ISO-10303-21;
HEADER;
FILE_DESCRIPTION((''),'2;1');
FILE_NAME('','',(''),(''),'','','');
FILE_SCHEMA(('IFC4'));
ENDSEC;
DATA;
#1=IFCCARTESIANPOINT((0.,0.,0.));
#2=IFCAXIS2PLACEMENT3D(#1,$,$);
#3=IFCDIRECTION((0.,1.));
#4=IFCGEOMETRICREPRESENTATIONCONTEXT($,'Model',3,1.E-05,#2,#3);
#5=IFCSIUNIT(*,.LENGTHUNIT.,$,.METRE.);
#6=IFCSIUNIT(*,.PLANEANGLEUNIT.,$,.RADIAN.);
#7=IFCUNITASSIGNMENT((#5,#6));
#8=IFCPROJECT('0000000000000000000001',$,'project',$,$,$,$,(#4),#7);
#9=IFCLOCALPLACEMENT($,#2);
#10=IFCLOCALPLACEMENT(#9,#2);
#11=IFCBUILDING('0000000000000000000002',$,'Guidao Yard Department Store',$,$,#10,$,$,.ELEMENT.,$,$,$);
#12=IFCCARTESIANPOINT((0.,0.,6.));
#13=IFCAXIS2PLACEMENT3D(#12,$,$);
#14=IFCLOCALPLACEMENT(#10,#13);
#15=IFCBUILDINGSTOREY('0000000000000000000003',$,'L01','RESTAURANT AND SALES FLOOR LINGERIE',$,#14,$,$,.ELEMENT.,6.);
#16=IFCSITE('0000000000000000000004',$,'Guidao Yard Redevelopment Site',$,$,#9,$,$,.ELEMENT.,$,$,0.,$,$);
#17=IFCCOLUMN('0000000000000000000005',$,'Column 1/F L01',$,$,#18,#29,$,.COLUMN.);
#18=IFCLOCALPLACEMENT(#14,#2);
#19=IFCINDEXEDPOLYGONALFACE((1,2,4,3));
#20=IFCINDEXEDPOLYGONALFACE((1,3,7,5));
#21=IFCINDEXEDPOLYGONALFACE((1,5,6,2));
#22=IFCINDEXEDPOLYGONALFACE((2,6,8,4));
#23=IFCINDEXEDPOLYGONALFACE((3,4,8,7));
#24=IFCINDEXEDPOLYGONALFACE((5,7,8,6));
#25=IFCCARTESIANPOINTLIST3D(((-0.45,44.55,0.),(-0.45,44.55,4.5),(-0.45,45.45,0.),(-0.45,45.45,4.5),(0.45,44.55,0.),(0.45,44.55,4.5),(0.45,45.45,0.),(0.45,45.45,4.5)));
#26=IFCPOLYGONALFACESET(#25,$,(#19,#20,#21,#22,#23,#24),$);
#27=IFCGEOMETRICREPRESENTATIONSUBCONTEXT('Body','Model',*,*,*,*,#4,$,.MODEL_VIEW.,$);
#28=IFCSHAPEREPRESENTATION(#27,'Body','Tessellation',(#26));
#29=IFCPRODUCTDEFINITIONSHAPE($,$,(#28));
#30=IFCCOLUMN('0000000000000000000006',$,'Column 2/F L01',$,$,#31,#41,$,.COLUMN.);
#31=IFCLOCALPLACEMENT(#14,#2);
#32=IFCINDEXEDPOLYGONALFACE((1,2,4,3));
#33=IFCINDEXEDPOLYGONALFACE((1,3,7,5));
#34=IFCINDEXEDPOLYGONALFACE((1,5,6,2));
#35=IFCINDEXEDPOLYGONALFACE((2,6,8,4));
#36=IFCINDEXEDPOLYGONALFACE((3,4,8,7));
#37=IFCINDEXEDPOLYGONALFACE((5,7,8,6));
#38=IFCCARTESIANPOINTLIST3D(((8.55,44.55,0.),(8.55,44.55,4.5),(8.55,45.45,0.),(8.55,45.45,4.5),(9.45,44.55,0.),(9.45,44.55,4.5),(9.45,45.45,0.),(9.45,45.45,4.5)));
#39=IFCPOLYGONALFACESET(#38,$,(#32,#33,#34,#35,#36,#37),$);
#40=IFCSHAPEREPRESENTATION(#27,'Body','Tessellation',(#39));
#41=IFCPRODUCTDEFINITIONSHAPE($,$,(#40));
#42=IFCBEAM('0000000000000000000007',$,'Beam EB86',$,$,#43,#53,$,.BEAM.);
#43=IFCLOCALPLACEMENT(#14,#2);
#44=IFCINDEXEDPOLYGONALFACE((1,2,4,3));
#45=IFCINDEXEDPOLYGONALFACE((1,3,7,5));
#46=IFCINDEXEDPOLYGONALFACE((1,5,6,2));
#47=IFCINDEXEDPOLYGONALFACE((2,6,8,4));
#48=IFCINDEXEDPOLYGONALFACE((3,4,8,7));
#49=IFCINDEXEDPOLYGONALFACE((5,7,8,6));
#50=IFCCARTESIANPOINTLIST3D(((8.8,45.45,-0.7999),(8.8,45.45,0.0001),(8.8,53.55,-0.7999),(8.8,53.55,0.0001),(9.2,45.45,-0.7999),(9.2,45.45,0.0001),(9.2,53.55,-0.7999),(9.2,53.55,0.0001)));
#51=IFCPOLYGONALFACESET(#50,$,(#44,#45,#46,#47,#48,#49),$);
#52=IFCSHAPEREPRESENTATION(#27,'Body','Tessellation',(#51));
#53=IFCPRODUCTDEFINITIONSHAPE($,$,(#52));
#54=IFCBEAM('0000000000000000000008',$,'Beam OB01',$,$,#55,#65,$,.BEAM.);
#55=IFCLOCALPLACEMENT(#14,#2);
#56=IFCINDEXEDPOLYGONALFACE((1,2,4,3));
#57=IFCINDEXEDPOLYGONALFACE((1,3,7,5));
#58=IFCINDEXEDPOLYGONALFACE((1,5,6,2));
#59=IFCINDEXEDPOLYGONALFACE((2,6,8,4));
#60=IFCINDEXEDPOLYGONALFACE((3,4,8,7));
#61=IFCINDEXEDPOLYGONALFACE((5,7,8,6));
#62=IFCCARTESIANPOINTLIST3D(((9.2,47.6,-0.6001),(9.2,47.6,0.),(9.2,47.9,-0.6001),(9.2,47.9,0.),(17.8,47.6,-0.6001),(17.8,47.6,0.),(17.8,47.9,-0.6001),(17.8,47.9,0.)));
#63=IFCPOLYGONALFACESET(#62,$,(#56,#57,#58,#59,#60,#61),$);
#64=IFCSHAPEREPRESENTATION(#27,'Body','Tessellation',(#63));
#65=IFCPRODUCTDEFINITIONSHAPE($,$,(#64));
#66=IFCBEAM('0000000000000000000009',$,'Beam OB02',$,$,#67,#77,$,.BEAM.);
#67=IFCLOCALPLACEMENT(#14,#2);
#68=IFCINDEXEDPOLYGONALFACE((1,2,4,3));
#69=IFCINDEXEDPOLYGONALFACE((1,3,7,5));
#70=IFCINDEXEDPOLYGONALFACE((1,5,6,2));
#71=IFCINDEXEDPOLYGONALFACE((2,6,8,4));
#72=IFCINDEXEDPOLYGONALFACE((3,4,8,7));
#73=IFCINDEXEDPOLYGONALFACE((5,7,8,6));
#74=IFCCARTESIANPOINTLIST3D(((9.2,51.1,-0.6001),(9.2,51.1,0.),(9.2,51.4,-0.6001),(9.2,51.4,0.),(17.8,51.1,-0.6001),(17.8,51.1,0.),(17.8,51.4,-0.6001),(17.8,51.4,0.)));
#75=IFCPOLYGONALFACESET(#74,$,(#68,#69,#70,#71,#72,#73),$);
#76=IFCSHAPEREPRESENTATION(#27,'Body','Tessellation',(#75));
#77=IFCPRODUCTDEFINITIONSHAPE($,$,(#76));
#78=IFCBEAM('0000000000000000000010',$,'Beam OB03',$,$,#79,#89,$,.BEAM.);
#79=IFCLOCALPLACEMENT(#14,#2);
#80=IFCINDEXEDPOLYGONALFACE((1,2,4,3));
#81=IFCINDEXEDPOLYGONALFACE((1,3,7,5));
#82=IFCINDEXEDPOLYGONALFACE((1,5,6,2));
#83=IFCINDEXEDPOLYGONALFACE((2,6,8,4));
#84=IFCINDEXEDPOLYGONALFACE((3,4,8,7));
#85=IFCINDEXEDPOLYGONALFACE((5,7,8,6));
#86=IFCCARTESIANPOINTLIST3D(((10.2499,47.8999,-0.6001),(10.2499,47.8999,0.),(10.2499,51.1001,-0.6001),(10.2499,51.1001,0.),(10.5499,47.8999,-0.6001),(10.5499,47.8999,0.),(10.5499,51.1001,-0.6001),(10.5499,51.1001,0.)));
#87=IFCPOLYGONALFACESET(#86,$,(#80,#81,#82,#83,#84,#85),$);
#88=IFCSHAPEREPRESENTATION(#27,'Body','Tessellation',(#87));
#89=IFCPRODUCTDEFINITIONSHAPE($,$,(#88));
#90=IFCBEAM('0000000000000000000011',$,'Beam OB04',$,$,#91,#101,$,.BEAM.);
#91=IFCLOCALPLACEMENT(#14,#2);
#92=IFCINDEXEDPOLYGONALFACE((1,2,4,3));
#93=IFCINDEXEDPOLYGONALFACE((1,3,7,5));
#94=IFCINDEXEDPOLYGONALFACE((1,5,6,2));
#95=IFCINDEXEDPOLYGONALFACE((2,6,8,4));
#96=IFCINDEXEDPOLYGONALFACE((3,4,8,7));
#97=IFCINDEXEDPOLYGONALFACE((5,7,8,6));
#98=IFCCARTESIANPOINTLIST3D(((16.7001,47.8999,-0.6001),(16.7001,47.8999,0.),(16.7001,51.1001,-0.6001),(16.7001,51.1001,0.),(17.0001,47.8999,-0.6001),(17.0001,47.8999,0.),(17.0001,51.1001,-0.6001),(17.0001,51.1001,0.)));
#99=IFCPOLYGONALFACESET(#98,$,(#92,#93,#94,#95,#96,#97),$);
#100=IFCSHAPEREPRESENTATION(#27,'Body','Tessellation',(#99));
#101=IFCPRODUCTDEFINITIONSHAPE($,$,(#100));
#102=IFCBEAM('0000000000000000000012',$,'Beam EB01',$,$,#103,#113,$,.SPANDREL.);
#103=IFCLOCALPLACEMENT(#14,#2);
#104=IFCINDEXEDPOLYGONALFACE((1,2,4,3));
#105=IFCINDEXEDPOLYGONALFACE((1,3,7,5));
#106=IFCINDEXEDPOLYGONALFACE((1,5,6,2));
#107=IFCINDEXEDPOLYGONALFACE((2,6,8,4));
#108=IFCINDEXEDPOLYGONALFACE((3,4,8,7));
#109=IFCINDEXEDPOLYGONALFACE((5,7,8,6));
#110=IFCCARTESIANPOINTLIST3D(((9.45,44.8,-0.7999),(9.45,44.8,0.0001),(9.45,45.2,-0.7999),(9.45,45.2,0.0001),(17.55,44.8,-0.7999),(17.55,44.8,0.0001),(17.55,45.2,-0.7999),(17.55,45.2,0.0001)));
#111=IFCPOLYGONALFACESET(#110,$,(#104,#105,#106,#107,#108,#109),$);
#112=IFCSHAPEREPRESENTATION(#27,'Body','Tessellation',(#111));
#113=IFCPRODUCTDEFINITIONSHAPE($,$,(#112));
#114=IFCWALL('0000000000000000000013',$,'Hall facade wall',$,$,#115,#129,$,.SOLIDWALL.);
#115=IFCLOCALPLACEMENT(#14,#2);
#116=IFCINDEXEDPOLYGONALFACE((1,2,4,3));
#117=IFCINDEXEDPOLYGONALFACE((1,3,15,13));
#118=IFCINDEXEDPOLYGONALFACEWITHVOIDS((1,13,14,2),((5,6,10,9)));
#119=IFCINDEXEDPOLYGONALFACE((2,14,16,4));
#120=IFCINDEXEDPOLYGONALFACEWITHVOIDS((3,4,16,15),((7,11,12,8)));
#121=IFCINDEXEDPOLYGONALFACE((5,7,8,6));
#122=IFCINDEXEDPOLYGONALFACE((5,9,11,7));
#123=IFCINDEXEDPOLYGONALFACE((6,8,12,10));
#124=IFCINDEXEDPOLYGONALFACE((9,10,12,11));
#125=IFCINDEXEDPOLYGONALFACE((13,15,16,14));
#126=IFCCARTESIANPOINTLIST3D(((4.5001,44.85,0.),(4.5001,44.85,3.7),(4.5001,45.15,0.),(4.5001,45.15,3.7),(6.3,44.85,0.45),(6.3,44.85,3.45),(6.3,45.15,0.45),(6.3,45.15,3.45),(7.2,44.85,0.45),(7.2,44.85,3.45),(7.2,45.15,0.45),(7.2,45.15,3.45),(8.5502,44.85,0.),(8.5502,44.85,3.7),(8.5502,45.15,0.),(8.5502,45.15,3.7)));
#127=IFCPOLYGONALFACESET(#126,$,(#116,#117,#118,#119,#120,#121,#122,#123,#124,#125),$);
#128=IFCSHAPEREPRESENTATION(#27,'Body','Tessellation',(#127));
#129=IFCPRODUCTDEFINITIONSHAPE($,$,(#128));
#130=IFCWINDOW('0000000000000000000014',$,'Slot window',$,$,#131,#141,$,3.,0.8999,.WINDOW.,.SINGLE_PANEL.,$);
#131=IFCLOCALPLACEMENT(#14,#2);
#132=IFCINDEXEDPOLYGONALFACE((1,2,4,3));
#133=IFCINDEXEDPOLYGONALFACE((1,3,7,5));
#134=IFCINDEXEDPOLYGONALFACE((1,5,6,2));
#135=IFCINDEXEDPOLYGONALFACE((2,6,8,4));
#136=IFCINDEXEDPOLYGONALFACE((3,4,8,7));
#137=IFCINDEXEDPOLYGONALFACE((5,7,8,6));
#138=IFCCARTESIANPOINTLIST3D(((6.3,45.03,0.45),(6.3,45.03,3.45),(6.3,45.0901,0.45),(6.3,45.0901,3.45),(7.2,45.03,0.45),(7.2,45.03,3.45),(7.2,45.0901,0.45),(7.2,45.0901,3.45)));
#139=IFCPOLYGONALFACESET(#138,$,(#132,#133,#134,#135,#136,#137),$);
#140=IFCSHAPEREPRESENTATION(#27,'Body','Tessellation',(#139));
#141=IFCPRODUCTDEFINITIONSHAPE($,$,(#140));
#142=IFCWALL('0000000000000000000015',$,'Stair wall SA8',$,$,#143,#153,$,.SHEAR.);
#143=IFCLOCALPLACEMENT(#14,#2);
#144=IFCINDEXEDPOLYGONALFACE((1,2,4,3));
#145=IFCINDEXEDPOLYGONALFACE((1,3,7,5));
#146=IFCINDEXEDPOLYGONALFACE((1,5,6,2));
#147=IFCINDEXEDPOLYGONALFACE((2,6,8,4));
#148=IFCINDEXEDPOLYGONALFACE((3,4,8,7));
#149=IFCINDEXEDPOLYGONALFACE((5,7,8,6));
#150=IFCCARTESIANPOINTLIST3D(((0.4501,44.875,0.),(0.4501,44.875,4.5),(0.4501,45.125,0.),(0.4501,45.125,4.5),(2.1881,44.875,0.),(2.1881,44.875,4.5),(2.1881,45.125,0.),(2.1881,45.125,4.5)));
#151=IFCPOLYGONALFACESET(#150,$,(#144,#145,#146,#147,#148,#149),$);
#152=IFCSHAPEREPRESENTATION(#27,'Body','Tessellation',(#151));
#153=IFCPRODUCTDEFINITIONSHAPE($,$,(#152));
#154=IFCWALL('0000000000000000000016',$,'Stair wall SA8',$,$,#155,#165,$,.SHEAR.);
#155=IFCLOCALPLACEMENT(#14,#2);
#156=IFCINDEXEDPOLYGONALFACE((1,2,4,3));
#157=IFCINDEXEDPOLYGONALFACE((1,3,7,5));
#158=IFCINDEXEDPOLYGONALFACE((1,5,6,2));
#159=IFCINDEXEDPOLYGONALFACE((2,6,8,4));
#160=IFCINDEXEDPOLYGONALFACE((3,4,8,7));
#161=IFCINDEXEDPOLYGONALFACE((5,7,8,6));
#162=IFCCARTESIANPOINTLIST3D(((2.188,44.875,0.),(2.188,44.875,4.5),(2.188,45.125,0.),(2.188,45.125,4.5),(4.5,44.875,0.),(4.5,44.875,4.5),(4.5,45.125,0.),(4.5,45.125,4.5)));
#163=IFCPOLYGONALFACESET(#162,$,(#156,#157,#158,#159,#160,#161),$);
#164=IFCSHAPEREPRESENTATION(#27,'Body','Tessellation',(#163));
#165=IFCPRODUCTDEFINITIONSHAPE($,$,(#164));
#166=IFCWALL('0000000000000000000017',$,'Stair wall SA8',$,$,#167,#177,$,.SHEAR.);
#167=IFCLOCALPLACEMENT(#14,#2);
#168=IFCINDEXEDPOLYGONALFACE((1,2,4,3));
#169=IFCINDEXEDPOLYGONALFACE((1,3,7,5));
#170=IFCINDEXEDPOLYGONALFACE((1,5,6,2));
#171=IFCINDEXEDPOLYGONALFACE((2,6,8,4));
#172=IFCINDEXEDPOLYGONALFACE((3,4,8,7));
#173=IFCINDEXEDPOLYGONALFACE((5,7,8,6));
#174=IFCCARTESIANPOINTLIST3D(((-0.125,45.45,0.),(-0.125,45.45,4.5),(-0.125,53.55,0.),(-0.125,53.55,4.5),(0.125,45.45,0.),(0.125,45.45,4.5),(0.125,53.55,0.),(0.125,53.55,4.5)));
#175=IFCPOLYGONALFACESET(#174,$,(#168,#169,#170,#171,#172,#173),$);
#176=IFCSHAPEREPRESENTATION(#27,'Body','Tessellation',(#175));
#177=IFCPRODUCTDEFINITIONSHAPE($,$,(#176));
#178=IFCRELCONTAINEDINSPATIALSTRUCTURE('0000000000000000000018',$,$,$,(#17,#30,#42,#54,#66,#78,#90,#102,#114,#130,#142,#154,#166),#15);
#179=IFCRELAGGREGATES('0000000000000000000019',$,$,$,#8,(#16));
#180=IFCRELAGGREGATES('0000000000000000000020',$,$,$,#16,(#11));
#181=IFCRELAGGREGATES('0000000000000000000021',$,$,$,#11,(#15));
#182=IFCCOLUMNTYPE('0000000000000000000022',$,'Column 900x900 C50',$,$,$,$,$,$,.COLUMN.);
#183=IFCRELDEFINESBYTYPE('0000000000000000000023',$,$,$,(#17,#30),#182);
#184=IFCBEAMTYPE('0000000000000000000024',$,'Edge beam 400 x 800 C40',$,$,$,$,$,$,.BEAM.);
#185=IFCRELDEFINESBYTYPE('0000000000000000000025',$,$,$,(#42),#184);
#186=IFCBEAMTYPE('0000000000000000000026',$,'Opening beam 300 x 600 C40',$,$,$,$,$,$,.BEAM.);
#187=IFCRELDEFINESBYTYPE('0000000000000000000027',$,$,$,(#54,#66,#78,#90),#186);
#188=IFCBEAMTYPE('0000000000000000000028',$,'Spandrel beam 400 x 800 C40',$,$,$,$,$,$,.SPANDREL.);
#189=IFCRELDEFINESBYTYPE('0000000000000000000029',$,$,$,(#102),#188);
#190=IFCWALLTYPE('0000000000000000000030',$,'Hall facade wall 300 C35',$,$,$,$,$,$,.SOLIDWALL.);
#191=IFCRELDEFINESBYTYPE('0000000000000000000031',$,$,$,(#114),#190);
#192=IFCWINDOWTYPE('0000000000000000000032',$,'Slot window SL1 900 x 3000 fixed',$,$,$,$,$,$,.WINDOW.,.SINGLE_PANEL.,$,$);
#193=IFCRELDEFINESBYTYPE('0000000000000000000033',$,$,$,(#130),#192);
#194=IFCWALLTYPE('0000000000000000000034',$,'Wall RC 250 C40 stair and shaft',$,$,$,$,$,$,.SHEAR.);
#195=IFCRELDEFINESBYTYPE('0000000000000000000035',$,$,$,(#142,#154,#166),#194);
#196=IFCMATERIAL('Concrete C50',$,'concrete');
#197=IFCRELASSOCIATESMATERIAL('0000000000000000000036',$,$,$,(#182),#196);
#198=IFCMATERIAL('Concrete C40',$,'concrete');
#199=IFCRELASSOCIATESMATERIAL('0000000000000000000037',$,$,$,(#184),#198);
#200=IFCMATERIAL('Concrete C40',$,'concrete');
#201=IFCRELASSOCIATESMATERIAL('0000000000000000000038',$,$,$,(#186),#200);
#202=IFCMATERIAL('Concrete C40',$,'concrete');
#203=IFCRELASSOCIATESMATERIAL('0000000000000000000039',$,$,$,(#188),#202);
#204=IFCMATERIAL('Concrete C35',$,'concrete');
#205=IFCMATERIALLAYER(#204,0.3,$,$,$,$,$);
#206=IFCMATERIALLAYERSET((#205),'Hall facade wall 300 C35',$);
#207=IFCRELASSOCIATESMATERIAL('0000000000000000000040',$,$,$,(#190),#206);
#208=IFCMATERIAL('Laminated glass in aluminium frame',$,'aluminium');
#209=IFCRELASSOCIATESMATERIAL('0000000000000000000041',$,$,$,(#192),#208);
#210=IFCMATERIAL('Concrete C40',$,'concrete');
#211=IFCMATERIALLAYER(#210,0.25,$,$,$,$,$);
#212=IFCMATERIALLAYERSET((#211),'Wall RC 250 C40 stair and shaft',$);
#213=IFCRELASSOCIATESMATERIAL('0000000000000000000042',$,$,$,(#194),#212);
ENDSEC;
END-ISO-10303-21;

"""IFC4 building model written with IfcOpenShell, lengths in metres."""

from ifc_helpers import new_model, si_unit, direction, frame, frame_2d, origin, origin_2d, place, context, subcontext, project, spatial, rectangle, extrude, material, layer, layer_set, material_profile, profile_set, type_object, element, fill, save


model = new_model("IFC4")

# Units and contexts
model_context = context("Model", 3, precision=1e-05, world=origin(), true_north=direction((0.0, 1.0)))
body_context = subcontext(model_context, "Body", "Model", "MODEL_VIEW")
ifc_project = project(units=[si_unit("LENGTHUNIT", "METRE"), si_unit("PLANEANGLEUNIT", "RADIAN")], contexts=[model_context])

# Site, building, storey
site_placement = place(None, origin())
site = spatial("IfcSite", under=ifc_project, at=site_placement, Name="Guidao Yard Redevelopment Site", CompositionType="ELEMENT", RefElevation=0.0)
building_placement = place(site_placement, origin())
building = spatial("IfcBuilding", under=site, at=building_placement, Name="Guidao Yard Department Store", CompositionType="ELEMENT")
storey_placement = place(building_placement, frame((0.0, 0.0, 6.0)))
storey = spatial("IfcBuildingStorey", under=building, at=storey_placement, Name="L01", Description="RESTAURANT AND SALES FLOOR LINGERIE", CompositionType="ELEMENT", Elevation=6.0)

# Columns
ifc_material_1 = material(Name="Concrete C50", Category="concrete")
ifc_material_profile_1 = material_profile(ifc_material_1, rectangle(XDim=0.8999, YDim=0.8999, at=origin_2d()), Name="COL 900x900")
ifc_profile_set_1 = profile_set([ifc_material_profile_1], Name="Concrete C50")
column_type = type_object("IfcColumnType", Name="Column 900x900 C50", PredefinedType="COLUMN", material=ifc_profile_set_1)
for number, where, z_axis, x_axis, name in (
    (1, (0.0, 45.0, 0.0), (0.0, 0.0, 1.0), (1.0, 0.0, 0.0), "Column 1/F L01"),
    (2, (9.0, 45.0, 0.0), (0.0, 0.0, 1.0), (1.0, 0.0, 0.0), "Column 2/F L01"),
):
    element("IfcColumn", number, at=place(storey_placement, frame(where, z_axis=z_axis, x_axis=x_axis)), inside=storey, type_object=column_type, Name=name, PredefinedType="COLUMN", context=body_context, shape_type="SweptSolid", body=[
        extrude(rectangle(XDim=0.8999, YDim=0.8999, at=origin_2d()), origin(), (0.0, 0.0, 1.0), 4.5),
    ])

# Beams
ifc_material_2 = material(Name="Concrete C40", Category="concrete")
ifc_material_profile_2 = material_profile(ifc_material_2, rectangle(XDim=0.3999, YDim=0.8, at=origin_2d()), Name="Edge beam 400 x 800 C40")
ifc_profile_set_2 = profile_set([ifc_material_profile_2], Name="Concrete C40")
beam_type_1 = type_object("IfcBeamType", Name="Edge beam 400 x 800 C40", PredefinedType="BEAM", material=ifc_profile_set_2)
beam_1_placement = place(storey_placement, frame((9.0, 45.45, -0.3999), z_axis=(0.0, 1.0, 0.0), x_axis=(-1.0, 0.0, 0.0)))
element("IfcBeam", 3, at=beam_1_placement, inside=storey, type_object=beam_type_1, Name="Beam EB86", PredefinedType="BEAM", context=body_context, shape_type="SweptSolid", body=[
    extrude(rectangle(XDim=0.3999, YDim=0.8, at=origin_2d()), origin(), (0.0, 0.0, 1.0), 8.1001),
])
ifc_material_3 = material(Name="Concrete C40", Category="concrete")
ifc_material_profile_3 = material_profile(ifc_material_3, rectangle(XDim=0.3, YDim=0.6001, at=origin_2d()), Name="Opening beam 300 x 600 C40")
ifc_profile_set_3 = profile_set([ifc_material_profile_3], Name="Concrete C40")
beam_type_2 = type_object("IfcBeamType", Name="Opening beam 300 x 600 C40", PredefinedType="BEAM", material=ifc_profile_set_3)
for number, where, z_axis, x_axis, name in (
    (4, (9.2, 47.75, -0.3), (1.0, 0.0, 0.0), (0.0, 1.0, 0.0), "Beam OB01"),
    (5, (9.2, 51.25, -0.3), (1.0, 0.0, 0.0), (0.0, 1.0, 0.0), "Beam OB02"),
):
    element("IfcBeam", number, at=place(storey_placement, frame(where, z_axis=z_axis, x_axis=x_axis)), inside=storey, type_object=beam_type_2, Name=name, PredefinedType="BEAM", context=body_context, shape_type="SweptSolid", body=[
        extrude(rectangle(XDim=0.3, YDim=0.6001, at=origin_2d()), origin(), (0.0, 0.0, 1.0), 8.6001),
    ])
for number, where, z_axis, x_axis, name in (
    (6, (10.3999, 47.8999, -0.3), (0.0, 1.0, 0.0), (-1.0, 0.0, 0.0), "Beam OB03"),
    (7, (16.8501, 47.8999, -0.3), (0.0, 1.0, 0.0), (-1.0, 0.0, 0.0), "Beam OB04"),
):
    element("IfcBeam", number, at=place(storey_placement, frame(where, z_axis=z_axis, x_axis=x_axis)), inside=storey, type_object=beam_type_2, Name=name, PredefinedType="BEAM", context=body_context, shape_type="SweptSolid", body=[
        extrude(rectangle(XDim=0.3, YDim=0.6001, at=origin_2d()), origin(), (0.0, 0.0, 1.0), 3.2002),
    ])
ifc_material_4 = material(Name="Concrete C40", Category="concrete")
ifc_material_profile_4 = material_profile(ifc_material_4, rectangle(XDim=0.3999, YDim=0.8, at=origin_2d()), Name="Spandrel beam 400 x 800 C40")
ifc_profile_set_4 = profile_set([ifc_material_profile_4], Name="Concrete C40")
beam_type_3 = type_object("IfcBeamType", Name="Spandrel beam 400 x 800 C40", PredefinedType="SPANDREL", material=ifc_profile_set_4)
beam_2_placement = place(storey_placement, frame((9.45, 45.0, -0.3999), z_axis=(1.0, 0.0, 0.0), x_axis=(0.0, 1.0, 0.0)))
element("IfcBeam", 8, at=beam_2_placement, inside=storey, type_object=beam_type_3, Name="Beam EB01", PredefinedType="SPANDREL", context=body_context, shape_type="SweptSolid", body=[
    extrude(rectangle(XDim=0.3999, YDim=0.8, at=origin_2d()), origin(), (0.0, 0.0, 1.0), 8.1001),
])

# Wall, opening, window
ifc_material_5 = material(Name="Concrete C35", Category="concrete")
ifc_layer_1 = layer(ifc_material_5, 0.3)
ifc_layer_set_1 = layer_set([ifc_layer_1], Name="Hall facade wall 300 C35")
wall_type_1 = type_object("IfcWallType", Name="Hall facade wall 300 C35", PredefinedType="SOLIDWALL", material=ifc_layer_set_1)
wall_1_placement = place(storey_placement, frame((8.55, 45.0, 0.0), z_axis=(0.0, 0.0, 1.0), x_axis=(-1.0, 0.0, 0.0)))
wall_1 = element("IfcWall", 9, at=wall_1_placement, inside=storey, type_object=wall_type_1, Name="Hall facade wall", PredefinedType="SOLIDWALL", context=body_context, shape_type="SweptSolid", body=[
    extrude(rectangle(XDim=4.05, YDim=0.3, at=frame_2d((2.0249, 0.0))), origin(), (0.0, 0.0, 1.0), 3.7),
])
opening_1_placement = place(wall_1_placement, frame((1.3501, 0.0, 0.45)))
opening_1 = element("IfcOpeningElement", 10, at=opening_1_placement, cuts=wall_1, PredefinedType="OPENING", context=body_context, shape_type="SweptSolid", body=[
    extrude(rectangle(XDim=0.8999, YDim=3.0, at=frame_2d((0.45, 1.5))), frame((0.0, 0.1599, 0.0), z_axis=(0.0, -1.0, 0.0), x_axis=(1.0, 0.0, 0.0)), (0.0, 0.0, 1.0), 0.3201),
])
ifc_material_6 = material(Name="Laminated glass in aluminium frame", Category="aluminium")
window_type = type_object("IfcWindowType", Name="Slot window SL1 900 x 3000 fixed", PartitioningType="SINGLE_PANEL", PredefinedType="WINDOW", material=ifc_material_6)
window_placement = place(opening_1_placement, origin())
window = element("IfcWindow", 11, at=window_placement, inside=storey, type_object=window_type, Name="Slot window", OverallHeight=3.0, OverallWidth=0.8999, PartitioningType="SINGLE_PANEL", PredefinedType="WINDOW", context=body_context, shape_type="SweptSolid", body=[
    extrude(rectangle(XDim=0.8999, YDim=3.0, at=frame_2d((0.45, 1.5))), frame((0.0, -0.03, 0.0), z_axis=(0.0, -1.0, 0.0), x_axis=(1.0, 0.0, 0.0)), (0.0, 0.0, 1.0), 0.0601),
])
fill(opening_1, window)

# Walls
ifc_material_7 = material(Name="Concrete C40", Category="concrete")
ifc_layer_2 = layer(ifc_material_7, 0.25)
ifc_layer_set_2 = layer_set([ifc_layer_2], Name="Wall RC 250 C40 stair and shaft")
wall_type_2 = type_object("IfcWallType", Name="Wall RC 250 C40 stair and shaft", PredefinedType="SHEAR", material=ifc_layer_set_2)
wall_2_placement = place(storey_placement, frame((0.45, 45.0, 0.0), z_axis=(0.0, 0.0, 1.0), x_axis=(1.0, 0.0, 0.0)))
element("IfcWall", 12, at=wall_2_placement, inside=storey, type_object=wall_type_2, Name="Stair wall SA8", PredefinedType="SHEAR", context=body_context, shape_type="SweptSolid", body=[
    extrude(rectangle(XDim=1.738, YDim=0.25, at=frame_2d((0.8691, 0.0))), origin(), (0.0, 0.0, 1.0), 4.5),
])
wall_3_placement = place(storey_placement, frame((2.188, 45.0, 0.0), z_axis=(0.0, 0.0, 1.0), x_axis=(1.0, 0.0, 0.0)))
element("IfcWall", 13, at=wall_3_placement, inside=storey, type_object=wall_type_2, Name="Stair wall SA8", PredefinedType="SHEAR", context=body_context, shape_type="SweptSolid", body=[
    extrude(rectangle(XDim=2.312, YDim=0.25, at=frame_2d((1.156, 0.0))), origin(), (0.0, 0.0, 1.0), 4.5),
])
wall_4_placement = place(storey_placement, frame((0.0, 45.45, 0.0), z_axis=(0.0, 0.0, 1.0), x_axis=(0.0, 1.0, 0.0)))
element("IfcWall", 14, at=wall_4_placement, inside=storey, type_object=wall_type_2, Name="Stair wall SA8", PredefinedType="SHEAR", context=body_context, shape_type="SweptSolid", body=[
    extrude(rectangle(XDim=8.1001, YDim=0.25, at=frame_2d((4.05, 0.0))), origin(), (0.0, 0.0, 1.0), 4.5),
])

save(model, "model.ifc")
